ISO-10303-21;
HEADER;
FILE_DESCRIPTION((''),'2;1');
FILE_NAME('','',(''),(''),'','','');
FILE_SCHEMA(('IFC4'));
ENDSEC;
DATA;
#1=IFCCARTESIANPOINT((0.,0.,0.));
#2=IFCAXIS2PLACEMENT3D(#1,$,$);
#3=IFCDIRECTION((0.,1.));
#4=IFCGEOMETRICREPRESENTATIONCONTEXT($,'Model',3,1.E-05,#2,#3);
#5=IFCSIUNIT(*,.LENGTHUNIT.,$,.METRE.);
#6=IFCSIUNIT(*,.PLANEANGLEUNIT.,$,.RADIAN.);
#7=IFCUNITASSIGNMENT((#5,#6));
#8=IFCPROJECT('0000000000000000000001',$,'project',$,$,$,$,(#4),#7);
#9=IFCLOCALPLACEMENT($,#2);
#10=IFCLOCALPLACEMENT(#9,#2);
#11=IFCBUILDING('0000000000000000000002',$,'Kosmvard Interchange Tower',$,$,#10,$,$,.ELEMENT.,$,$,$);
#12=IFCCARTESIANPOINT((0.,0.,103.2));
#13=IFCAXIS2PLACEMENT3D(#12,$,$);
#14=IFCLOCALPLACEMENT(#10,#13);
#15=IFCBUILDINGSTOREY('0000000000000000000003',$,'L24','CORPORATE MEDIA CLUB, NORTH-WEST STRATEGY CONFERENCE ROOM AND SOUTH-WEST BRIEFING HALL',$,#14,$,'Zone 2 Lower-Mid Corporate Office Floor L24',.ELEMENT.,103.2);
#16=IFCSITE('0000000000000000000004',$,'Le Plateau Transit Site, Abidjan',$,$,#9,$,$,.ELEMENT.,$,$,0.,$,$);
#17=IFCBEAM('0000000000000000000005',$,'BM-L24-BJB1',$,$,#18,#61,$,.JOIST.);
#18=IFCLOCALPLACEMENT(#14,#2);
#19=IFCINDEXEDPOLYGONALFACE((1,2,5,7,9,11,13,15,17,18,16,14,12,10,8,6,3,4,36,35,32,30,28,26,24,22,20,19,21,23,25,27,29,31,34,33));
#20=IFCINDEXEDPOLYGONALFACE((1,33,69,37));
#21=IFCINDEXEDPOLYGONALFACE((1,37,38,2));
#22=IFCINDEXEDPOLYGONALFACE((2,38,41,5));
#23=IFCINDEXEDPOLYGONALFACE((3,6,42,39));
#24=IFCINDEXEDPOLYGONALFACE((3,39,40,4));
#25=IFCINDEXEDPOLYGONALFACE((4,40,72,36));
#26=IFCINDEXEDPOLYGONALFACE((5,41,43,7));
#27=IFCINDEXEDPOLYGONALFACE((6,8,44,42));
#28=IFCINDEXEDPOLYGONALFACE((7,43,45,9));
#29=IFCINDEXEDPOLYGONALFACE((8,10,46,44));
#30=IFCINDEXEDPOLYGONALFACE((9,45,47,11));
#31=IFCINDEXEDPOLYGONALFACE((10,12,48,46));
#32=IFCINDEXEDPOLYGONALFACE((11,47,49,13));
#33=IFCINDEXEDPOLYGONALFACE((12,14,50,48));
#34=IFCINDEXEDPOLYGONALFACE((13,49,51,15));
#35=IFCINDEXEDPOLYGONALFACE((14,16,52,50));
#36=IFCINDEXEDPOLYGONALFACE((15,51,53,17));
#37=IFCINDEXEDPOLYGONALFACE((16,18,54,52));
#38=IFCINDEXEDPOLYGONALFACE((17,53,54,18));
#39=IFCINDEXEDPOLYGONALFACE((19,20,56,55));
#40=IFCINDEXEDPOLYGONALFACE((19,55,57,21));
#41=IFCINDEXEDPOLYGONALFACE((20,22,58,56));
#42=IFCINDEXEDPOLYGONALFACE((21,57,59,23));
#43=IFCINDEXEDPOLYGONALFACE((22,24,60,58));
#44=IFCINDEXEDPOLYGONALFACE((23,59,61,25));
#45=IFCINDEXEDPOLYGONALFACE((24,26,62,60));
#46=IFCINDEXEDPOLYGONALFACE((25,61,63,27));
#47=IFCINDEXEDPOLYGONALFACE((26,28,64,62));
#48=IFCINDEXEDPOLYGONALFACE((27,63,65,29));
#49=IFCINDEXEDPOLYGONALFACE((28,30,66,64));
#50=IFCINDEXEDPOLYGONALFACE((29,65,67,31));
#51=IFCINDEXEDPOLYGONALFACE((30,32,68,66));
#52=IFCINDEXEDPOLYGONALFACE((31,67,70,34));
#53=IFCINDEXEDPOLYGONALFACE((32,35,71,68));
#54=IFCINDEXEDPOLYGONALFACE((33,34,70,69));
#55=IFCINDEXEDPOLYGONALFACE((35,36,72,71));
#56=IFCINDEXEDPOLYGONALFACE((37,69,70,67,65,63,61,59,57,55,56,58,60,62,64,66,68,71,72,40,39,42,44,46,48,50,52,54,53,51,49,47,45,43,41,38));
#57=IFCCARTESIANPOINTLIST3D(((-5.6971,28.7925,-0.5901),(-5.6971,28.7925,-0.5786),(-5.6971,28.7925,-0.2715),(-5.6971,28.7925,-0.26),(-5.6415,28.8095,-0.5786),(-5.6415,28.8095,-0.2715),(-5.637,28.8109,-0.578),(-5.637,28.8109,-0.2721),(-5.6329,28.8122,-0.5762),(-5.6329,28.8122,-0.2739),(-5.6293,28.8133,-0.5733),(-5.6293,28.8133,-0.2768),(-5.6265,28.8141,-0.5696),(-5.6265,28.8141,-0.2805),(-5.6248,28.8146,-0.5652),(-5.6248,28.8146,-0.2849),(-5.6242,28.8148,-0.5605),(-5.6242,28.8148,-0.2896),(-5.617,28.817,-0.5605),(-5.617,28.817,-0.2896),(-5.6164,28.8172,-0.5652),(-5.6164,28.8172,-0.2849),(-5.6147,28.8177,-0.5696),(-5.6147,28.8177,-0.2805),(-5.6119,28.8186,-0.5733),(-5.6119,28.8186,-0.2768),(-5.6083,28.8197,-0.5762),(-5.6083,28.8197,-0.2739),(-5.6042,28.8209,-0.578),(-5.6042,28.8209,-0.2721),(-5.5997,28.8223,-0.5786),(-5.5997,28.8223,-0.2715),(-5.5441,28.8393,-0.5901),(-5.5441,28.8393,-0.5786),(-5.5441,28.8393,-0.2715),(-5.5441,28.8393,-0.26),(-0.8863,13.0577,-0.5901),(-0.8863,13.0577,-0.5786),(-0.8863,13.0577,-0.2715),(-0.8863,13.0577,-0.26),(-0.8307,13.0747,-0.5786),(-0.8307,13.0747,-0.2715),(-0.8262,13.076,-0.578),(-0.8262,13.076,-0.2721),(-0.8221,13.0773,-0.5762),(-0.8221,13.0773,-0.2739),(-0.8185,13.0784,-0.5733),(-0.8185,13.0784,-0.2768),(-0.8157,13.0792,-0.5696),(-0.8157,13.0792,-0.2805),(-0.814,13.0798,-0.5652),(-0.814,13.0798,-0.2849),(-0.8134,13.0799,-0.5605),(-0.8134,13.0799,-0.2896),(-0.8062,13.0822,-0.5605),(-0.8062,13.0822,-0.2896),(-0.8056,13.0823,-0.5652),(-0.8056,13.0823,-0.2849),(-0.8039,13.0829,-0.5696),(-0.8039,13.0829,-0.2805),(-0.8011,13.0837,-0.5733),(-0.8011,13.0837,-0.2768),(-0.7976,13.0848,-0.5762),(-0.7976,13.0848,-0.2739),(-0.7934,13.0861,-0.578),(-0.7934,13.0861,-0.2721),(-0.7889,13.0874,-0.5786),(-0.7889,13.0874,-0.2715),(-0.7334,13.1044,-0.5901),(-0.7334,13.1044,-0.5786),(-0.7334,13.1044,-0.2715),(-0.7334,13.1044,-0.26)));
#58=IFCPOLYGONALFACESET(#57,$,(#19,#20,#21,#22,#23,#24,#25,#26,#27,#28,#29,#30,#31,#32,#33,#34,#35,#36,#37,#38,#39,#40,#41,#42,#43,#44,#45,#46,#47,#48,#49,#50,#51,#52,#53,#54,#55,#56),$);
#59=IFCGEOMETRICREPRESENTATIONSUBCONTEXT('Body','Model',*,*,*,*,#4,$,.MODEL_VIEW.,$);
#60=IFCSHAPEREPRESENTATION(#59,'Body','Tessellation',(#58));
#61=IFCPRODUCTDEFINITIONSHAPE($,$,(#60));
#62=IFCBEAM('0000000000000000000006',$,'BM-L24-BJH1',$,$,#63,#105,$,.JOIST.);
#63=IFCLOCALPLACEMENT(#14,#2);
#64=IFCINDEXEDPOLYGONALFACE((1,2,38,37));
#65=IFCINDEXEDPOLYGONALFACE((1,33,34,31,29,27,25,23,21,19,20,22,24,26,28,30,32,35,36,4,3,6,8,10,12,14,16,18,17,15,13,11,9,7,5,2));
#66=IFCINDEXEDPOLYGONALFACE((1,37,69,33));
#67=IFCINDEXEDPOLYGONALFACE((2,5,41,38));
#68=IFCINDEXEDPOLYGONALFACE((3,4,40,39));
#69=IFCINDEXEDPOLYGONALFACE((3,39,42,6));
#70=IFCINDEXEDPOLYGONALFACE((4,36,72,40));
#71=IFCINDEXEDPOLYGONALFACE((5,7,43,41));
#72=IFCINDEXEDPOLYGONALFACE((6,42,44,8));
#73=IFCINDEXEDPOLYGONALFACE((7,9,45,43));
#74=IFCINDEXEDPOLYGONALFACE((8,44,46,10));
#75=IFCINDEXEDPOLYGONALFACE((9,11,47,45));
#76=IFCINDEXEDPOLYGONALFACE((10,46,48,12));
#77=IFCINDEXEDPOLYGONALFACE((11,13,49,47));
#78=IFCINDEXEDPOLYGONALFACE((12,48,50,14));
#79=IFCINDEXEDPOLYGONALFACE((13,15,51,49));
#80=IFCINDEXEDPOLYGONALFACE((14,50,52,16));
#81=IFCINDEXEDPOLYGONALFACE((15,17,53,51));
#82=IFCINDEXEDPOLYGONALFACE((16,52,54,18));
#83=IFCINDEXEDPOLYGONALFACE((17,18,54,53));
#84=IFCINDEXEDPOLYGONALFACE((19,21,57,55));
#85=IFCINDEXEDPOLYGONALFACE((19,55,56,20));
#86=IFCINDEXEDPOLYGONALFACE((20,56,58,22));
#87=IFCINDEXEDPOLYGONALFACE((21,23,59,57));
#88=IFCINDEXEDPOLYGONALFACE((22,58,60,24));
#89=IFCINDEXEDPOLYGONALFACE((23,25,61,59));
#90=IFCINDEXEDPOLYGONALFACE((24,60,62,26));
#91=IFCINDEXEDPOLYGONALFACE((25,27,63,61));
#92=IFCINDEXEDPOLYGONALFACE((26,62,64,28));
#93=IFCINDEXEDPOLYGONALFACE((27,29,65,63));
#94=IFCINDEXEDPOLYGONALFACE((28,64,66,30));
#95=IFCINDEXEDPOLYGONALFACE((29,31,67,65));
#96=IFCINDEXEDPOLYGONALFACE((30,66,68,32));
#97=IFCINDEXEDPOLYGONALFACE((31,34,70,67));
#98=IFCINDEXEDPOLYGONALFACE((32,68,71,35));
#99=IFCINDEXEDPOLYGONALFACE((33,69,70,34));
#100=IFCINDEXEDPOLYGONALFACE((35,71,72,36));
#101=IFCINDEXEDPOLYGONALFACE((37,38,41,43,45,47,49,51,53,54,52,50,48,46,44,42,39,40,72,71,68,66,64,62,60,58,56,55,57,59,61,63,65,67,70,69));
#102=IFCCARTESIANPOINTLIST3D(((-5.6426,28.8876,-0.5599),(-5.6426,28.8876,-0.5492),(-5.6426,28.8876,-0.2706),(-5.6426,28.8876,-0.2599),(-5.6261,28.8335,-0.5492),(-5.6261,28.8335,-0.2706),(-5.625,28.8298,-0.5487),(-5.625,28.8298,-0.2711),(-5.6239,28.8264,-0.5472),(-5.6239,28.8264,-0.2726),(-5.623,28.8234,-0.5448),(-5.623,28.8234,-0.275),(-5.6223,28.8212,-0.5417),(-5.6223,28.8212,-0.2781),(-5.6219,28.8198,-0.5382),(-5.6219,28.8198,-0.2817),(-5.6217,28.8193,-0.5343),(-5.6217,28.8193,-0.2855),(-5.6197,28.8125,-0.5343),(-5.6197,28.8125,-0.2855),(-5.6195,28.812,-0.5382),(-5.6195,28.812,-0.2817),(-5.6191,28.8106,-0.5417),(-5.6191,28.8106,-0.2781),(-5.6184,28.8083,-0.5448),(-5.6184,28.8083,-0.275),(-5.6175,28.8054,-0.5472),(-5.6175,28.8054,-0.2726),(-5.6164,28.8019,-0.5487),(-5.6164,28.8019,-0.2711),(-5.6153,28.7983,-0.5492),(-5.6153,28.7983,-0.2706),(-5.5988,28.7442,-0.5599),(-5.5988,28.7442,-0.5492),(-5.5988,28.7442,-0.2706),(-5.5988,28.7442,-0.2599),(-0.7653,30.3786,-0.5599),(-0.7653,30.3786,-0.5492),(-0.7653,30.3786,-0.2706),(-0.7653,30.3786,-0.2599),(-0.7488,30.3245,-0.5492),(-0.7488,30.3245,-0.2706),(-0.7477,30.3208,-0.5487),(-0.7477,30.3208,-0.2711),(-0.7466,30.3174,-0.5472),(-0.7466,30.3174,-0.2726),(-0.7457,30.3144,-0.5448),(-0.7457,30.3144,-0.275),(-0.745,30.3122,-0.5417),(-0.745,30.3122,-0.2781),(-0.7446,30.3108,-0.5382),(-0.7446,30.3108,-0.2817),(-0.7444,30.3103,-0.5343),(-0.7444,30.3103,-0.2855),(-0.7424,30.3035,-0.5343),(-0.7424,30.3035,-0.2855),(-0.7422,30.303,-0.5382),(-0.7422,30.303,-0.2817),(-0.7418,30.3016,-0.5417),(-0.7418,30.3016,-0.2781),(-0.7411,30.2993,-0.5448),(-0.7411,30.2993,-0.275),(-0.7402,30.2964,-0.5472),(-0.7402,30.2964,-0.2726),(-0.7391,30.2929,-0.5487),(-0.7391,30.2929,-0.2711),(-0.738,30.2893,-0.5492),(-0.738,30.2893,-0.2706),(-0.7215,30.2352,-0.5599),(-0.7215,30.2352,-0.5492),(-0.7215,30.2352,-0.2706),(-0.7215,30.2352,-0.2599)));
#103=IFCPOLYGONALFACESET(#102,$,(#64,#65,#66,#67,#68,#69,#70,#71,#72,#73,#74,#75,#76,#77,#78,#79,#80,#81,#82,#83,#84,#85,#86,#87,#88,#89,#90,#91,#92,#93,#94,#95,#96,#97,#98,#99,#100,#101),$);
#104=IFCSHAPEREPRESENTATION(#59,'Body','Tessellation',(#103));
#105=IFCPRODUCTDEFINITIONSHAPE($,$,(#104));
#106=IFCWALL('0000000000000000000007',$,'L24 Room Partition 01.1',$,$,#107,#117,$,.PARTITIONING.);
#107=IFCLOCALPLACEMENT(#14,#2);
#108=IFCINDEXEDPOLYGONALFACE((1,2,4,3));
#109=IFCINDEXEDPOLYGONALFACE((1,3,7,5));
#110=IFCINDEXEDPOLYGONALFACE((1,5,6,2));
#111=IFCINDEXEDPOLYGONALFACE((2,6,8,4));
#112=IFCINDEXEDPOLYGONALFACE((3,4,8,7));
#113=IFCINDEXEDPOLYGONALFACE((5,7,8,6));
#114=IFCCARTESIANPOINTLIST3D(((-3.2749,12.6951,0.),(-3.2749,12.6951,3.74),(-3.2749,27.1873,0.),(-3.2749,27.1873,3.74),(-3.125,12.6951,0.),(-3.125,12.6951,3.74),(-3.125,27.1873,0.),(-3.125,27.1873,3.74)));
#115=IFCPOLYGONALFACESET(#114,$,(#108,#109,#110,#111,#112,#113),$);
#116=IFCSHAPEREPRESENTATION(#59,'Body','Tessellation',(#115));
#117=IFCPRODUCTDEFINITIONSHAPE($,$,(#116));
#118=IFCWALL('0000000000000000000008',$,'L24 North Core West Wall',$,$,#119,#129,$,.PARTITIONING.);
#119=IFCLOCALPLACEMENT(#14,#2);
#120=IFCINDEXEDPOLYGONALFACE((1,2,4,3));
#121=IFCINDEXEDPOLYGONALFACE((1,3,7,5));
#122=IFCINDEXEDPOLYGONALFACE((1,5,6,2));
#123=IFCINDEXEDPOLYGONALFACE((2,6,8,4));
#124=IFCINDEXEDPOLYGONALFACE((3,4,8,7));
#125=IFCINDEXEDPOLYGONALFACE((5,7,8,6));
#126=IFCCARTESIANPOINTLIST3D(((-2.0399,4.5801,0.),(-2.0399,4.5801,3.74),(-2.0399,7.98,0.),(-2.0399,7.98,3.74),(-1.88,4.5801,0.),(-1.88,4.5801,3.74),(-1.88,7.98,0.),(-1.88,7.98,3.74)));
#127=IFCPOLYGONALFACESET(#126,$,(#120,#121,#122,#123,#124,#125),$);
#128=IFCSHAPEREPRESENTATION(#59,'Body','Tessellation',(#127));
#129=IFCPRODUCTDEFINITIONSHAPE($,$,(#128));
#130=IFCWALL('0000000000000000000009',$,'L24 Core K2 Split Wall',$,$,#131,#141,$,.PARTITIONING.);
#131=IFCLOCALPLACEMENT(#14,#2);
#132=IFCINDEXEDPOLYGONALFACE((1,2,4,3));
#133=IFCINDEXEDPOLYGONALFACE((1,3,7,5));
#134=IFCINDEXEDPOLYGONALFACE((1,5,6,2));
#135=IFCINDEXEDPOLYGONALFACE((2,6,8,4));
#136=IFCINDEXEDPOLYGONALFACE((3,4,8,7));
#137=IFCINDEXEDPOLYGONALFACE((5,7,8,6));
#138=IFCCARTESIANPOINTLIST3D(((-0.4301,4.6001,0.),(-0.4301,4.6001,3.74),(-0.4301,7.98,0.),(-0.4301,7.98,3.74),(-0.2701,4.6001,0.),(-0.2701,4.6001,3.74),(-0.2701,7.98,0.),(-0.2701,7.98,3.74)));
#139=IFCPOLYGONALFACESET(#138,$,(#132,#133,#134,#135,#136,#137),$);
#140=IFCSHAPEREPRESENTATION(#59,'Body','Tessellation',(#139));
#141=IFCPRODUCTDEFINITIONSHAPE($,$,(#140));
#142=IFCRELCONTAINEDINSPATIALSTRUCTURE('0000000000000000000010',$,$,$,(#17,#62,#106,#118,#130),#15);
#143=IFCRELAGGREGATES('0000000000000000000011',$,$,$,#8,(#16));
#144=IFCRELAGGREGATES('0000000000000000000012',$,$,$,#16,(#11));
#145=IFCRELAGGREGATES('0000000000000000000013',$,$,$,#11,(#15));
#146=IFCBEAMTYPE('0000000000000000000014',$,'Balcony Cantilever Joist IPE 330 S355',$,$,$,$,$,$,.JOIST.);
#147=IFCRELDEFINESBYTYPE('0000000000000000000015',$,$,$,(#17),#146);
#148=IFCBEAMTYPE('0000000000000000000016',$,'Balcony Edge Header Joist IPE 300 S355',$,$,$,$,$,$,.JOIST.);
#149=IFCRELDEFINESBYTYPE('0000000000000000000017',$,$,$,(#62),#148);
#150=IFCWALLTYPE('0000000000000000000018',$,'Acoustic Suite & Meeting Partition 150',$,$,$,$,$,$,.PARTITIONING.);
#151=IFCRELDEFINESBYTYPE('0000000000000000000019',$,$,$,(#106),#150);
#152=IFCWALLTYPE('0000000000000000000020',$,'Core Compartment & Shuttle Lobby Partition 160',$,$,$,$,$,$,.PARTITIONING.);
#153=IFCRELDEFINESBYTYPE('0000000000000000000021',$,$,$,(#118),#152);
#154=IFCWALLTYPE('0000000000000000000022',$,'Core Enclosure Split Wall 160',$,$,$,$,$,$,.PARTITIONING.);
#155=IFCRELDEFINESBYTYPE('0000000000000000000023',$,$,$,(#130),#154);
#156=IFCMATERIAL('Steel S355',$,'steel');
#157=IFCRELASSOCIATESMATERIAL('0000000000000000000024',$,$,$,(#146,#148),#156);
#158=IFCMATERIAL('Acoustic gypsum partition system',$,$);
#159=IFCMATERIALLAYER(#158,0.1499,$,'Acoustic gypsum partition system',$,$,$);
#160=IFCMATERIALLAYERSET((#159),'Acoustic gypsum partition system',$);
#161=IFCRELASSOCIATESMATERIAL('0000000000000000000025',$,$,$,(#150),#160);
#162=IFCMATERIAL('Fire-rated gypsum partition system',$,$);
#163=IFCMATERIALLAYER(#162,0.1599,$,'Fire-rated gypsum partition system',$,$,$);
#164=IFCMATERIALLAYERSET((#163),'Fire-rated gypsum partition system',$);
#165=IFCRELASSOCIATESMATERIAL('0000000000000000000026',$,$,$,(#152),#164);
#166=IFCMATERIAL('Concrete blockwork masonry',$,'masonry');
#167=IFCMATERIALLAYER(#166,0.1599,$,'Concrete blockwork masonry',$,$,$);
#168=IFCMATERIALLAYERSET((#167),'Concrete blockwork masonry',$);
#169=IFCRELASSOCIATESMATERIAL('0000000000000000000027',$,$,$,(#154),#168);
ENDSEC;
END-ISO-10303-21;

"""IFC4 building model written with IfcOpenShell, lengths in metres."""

from ifc_helpers import new_model, si_unit, direction, frame, frame_2d, origin, origin_2d, place, context, subcontext, project, spatial, rectangle, i_section, extrude, source, transform, mapped, material, layer, layer_set, material_profile, profile_set, type_object, element, save


model = new_model("IFC4")

# Units and contexts
model_context = context("Model", 3, precision=1e-05, world=origin(), true_north=direction((0.0, 1.0)))
body_context = subcontext(model_context, "Body", "Model", "MODEL_VIEW")
ifc_project = project(units=[si_unit("LENGTHUNIT", "METRE"), si_unit("PLANEANGLEUNIT", "RADIAN")], contexts=[model_context])

# Site, building, storey
site_placement = place(None, origin())
site = spatial("IfcSite", under=ifc_project, at=site_placement, Name="Le Plateau Transit Site, Abidjan", CompositionType="ELEMENT", RefElevation=0.0)
building_placement = place(site_placement, origin())
building = spatial("IfcBuilding", under=site, at=building_placement, Name="Kosmvard Interchange Tower", CompositionType="ELEMENT")
storey_placement = place(building_placement, frame((0.0, 0.0, 103.2)))
storey = spatial("IfcBuildingStorey", under=building, at=storey_placement, Name="L24", Description="CORPORATE MEDIA CLUB, NORTH-WEST STRATEGY CONFERENCE ROOM AND SOUTH-WEST BRIEFING HALL", LongName="Zone 2 Lower-Mid Corporate Office Floor L24", CompositionType="ELEMENT", Elevation=103.2)

# Beams
ifc_material_1 = material(Name="Steel S355", Category="steel")
ifc_material_profile_1 = material_profile(ifc_material_1, i_section(OverallWidth=0.1599, OverallDepth=0.3301, WebThickness=0.0076, FlangeThickness=0.0115, FilletRadius=0.0181, at=origin_2d()), Name="IPE 330")
ifc_profile_set_1 = profile_set([ifc_material_profile_1], Name="Steel S355")
beam_type_1 = type_object("IfcBeamType", Name="Balcony Cantilever Joist IPE 330 S355", PredefinedType="JOIST", material=ifc_profile_set_1)
shared_shape_1 = source(origin(), body_context, "Body", "SweptSolid", [
    extrude(i_section(OverallWidth=0.1599, OverallDepth=0.3301, WebThickness=0.0076, FlangeThickness=0.0115, FilletRadius=0.0181, at=origin_2d()), origin(), (0.0, 0.0, 1.0), 16.4539),
])
beam_1_placement = place(storey_placement, frame((-0.8098, 13.0811, -0.425), z_axis=(-0.292381, 0.956302, 0.0), x_axis=(-0.956302, -0.292381, 0.0)))
element("IfcBeam", 1, at=beam_1_placement, inside=storey, type_object=beam_type_1, Name="BM-L24-BJB1", PredefinedType="JOIST", context=body_context, shape_type="MappedRepresentation", body=[
    mapped(shared_shape_1, transform((0.0, 0.0, 0.0), scale=1.0)),
])
ifc_material_profile_2 = material_profile(ifc_material_1, i_section(OverallWidth=0.1499, OverallDepth=0.3, WebThickness=0.0071, FlangeThickness=0.0107, FilletRadius=0.0149, at=origin_2d()), Name="IPE 300")
ifc_profile_set_2 = profile_set([ifc_material_profile_2], Name="Steel S355")
beam_type_2 = type_object("IfcBeamType", Name="Balcony Edge Header Joist IPE 300 S355", PredefinedType="JOIST", material=ifc_profile_set_2)
shared_shape_2 = source(origin(), body_context, "Body", "SweptSolid", [
    extrude(i_section(OverallWidth=0.1499, OverallDepth=0.3, WebThickness=0.0071, FlangeThickness=0.0107, FilletRadius=0.0149, at=origin_2d()), origin(), (0.0, 0.0, 1.0), 5.1001),
])
beam_2_placement = place(storey_placement, frame((-0.7434, 30.3069, -0.4099), z_axis=(-0.956313, -0.292346, 0.0), x_axis=(0.292346, -0.956313, 0.0)))
element("IfcBeam", 2, at=beam_2_placement, inside=storey, type_object=beam_type_2, Name="BM-L24-BJH1", PredefinedType="JOIST", context=body_context, shape_type="MappedRepresentation", body=[
    mapped(shared_shape_2, transform((0.0, 0.0, 0.0), scale=1.0)),
])

# Walls
ifc_material_2 = material(Name="Acoustic gypsum partition system")
ifc_layer_1 = layer(ifc_material_2, 0.1499, Name="Acoustic gypsum partition system")
ifc_layer_set_1 = layer_set([ifc_layer_1], Name="Acoustic gypsum partition system")
wall_type_1 = type_object("IfcWallType", Name="Acoustic Suite & Meeting Partition 150", PredefinedType="PARTITIONING", material=ifc_layer_set_1)
wall_1_placement = place(storey_placement, frame((-3.2, 12.6951, 0.0), z_axis=(0.0, 0.0, 1.0), x_axis=(0.0, 1.0, 0.0)))
element("IfcWall", 3, at=wall_1_placement, inside=storey, type_object=wall_type_1, Name="L24 Room Partition 01.1", PredefinedType="PARTITIONING", context=body_context, shape_type="SweptSolid", body=[
    extrude(rectangle(XDim=14.4922, YDim=0.1499, at=frame_2d((7.2461, 0.0))), origin(), (0.0, 0.0, 1.0), 3.74),
])
ifc_material_3 = material(Name="Fire-rated gypsum partition system")
ifc_layer_2 = layer(ifc_material_3, 0.1599, Name="Fire-rated gypsum partition system")
ifc_layer_set_2 = layer_set([ifc_layer_2], Name="Fire-rated gypsum partition system")
wall_type_2 = type_object("IfcWallType", Name="Core Compartment & Shuttle Lobby Partition 160", PredefinedType="PARTITIONING", material=ifc_layer_set_2)
wall_2_placement = place(storey_placement, frame((-1.96, 4.5801, 0.0), z_axis=(0.0, 0.0, 1.0), x_axis=(0.0, 1.0, 0.0)))
element("IfcWall", 4, at=wall_2_placement, inside=storey, type_object=wall_type_2, Name="L24 North Core West Wall", PredefinedType="PARTITIONING", context=body_context, shape_type="SweptSolid", body=[
    extrude(rectangle(XDim=3.3999, YDim=0.1599, at=frame_2d((1.7, 0.0))), origin(), (0.0, 0.0, 1.0), 3.74),
])
ifc_material_4 = material(Name="Concrete blockwork masonry", Category="masonry")
ifc_layer_3 = layer(ifc_material_4, 0.1599, Name="Concrete blockwork masonry")
ifc_layer_set_3 = layer_set([ifc_layer_3], Name="Concrete blockwork masonry")
wall_type_3 = type_object("IfcWallType", Name="Core Enclosure Split Wall 160", PredefinedType="PARTITIONING", material=ifc_layer_set_3)
wall_3_placement = place(storey_placement, frame((-0.3501, 4.6001, 0.0), z_axis=(0.0, 0.0, 1.0), x_axis=(0.0, 1.0, 0.0)))
element("IfcWall", 5, at=wall_3_placement, inside=storey, type_object=wall_type_3, Name="L24 Core K2 Split Wall", PredefinedType="PARTITIONING", context=body_context, shape_type="SweptSolid", body=[
    extrude(rectangle(XDim=3.3799, YDim=0.1599, at=frame_2d((1.6899, 0.0))), origin(), (0.0, 0.0, 1.0), 3.74),
])

save(model, "model.ifc")
